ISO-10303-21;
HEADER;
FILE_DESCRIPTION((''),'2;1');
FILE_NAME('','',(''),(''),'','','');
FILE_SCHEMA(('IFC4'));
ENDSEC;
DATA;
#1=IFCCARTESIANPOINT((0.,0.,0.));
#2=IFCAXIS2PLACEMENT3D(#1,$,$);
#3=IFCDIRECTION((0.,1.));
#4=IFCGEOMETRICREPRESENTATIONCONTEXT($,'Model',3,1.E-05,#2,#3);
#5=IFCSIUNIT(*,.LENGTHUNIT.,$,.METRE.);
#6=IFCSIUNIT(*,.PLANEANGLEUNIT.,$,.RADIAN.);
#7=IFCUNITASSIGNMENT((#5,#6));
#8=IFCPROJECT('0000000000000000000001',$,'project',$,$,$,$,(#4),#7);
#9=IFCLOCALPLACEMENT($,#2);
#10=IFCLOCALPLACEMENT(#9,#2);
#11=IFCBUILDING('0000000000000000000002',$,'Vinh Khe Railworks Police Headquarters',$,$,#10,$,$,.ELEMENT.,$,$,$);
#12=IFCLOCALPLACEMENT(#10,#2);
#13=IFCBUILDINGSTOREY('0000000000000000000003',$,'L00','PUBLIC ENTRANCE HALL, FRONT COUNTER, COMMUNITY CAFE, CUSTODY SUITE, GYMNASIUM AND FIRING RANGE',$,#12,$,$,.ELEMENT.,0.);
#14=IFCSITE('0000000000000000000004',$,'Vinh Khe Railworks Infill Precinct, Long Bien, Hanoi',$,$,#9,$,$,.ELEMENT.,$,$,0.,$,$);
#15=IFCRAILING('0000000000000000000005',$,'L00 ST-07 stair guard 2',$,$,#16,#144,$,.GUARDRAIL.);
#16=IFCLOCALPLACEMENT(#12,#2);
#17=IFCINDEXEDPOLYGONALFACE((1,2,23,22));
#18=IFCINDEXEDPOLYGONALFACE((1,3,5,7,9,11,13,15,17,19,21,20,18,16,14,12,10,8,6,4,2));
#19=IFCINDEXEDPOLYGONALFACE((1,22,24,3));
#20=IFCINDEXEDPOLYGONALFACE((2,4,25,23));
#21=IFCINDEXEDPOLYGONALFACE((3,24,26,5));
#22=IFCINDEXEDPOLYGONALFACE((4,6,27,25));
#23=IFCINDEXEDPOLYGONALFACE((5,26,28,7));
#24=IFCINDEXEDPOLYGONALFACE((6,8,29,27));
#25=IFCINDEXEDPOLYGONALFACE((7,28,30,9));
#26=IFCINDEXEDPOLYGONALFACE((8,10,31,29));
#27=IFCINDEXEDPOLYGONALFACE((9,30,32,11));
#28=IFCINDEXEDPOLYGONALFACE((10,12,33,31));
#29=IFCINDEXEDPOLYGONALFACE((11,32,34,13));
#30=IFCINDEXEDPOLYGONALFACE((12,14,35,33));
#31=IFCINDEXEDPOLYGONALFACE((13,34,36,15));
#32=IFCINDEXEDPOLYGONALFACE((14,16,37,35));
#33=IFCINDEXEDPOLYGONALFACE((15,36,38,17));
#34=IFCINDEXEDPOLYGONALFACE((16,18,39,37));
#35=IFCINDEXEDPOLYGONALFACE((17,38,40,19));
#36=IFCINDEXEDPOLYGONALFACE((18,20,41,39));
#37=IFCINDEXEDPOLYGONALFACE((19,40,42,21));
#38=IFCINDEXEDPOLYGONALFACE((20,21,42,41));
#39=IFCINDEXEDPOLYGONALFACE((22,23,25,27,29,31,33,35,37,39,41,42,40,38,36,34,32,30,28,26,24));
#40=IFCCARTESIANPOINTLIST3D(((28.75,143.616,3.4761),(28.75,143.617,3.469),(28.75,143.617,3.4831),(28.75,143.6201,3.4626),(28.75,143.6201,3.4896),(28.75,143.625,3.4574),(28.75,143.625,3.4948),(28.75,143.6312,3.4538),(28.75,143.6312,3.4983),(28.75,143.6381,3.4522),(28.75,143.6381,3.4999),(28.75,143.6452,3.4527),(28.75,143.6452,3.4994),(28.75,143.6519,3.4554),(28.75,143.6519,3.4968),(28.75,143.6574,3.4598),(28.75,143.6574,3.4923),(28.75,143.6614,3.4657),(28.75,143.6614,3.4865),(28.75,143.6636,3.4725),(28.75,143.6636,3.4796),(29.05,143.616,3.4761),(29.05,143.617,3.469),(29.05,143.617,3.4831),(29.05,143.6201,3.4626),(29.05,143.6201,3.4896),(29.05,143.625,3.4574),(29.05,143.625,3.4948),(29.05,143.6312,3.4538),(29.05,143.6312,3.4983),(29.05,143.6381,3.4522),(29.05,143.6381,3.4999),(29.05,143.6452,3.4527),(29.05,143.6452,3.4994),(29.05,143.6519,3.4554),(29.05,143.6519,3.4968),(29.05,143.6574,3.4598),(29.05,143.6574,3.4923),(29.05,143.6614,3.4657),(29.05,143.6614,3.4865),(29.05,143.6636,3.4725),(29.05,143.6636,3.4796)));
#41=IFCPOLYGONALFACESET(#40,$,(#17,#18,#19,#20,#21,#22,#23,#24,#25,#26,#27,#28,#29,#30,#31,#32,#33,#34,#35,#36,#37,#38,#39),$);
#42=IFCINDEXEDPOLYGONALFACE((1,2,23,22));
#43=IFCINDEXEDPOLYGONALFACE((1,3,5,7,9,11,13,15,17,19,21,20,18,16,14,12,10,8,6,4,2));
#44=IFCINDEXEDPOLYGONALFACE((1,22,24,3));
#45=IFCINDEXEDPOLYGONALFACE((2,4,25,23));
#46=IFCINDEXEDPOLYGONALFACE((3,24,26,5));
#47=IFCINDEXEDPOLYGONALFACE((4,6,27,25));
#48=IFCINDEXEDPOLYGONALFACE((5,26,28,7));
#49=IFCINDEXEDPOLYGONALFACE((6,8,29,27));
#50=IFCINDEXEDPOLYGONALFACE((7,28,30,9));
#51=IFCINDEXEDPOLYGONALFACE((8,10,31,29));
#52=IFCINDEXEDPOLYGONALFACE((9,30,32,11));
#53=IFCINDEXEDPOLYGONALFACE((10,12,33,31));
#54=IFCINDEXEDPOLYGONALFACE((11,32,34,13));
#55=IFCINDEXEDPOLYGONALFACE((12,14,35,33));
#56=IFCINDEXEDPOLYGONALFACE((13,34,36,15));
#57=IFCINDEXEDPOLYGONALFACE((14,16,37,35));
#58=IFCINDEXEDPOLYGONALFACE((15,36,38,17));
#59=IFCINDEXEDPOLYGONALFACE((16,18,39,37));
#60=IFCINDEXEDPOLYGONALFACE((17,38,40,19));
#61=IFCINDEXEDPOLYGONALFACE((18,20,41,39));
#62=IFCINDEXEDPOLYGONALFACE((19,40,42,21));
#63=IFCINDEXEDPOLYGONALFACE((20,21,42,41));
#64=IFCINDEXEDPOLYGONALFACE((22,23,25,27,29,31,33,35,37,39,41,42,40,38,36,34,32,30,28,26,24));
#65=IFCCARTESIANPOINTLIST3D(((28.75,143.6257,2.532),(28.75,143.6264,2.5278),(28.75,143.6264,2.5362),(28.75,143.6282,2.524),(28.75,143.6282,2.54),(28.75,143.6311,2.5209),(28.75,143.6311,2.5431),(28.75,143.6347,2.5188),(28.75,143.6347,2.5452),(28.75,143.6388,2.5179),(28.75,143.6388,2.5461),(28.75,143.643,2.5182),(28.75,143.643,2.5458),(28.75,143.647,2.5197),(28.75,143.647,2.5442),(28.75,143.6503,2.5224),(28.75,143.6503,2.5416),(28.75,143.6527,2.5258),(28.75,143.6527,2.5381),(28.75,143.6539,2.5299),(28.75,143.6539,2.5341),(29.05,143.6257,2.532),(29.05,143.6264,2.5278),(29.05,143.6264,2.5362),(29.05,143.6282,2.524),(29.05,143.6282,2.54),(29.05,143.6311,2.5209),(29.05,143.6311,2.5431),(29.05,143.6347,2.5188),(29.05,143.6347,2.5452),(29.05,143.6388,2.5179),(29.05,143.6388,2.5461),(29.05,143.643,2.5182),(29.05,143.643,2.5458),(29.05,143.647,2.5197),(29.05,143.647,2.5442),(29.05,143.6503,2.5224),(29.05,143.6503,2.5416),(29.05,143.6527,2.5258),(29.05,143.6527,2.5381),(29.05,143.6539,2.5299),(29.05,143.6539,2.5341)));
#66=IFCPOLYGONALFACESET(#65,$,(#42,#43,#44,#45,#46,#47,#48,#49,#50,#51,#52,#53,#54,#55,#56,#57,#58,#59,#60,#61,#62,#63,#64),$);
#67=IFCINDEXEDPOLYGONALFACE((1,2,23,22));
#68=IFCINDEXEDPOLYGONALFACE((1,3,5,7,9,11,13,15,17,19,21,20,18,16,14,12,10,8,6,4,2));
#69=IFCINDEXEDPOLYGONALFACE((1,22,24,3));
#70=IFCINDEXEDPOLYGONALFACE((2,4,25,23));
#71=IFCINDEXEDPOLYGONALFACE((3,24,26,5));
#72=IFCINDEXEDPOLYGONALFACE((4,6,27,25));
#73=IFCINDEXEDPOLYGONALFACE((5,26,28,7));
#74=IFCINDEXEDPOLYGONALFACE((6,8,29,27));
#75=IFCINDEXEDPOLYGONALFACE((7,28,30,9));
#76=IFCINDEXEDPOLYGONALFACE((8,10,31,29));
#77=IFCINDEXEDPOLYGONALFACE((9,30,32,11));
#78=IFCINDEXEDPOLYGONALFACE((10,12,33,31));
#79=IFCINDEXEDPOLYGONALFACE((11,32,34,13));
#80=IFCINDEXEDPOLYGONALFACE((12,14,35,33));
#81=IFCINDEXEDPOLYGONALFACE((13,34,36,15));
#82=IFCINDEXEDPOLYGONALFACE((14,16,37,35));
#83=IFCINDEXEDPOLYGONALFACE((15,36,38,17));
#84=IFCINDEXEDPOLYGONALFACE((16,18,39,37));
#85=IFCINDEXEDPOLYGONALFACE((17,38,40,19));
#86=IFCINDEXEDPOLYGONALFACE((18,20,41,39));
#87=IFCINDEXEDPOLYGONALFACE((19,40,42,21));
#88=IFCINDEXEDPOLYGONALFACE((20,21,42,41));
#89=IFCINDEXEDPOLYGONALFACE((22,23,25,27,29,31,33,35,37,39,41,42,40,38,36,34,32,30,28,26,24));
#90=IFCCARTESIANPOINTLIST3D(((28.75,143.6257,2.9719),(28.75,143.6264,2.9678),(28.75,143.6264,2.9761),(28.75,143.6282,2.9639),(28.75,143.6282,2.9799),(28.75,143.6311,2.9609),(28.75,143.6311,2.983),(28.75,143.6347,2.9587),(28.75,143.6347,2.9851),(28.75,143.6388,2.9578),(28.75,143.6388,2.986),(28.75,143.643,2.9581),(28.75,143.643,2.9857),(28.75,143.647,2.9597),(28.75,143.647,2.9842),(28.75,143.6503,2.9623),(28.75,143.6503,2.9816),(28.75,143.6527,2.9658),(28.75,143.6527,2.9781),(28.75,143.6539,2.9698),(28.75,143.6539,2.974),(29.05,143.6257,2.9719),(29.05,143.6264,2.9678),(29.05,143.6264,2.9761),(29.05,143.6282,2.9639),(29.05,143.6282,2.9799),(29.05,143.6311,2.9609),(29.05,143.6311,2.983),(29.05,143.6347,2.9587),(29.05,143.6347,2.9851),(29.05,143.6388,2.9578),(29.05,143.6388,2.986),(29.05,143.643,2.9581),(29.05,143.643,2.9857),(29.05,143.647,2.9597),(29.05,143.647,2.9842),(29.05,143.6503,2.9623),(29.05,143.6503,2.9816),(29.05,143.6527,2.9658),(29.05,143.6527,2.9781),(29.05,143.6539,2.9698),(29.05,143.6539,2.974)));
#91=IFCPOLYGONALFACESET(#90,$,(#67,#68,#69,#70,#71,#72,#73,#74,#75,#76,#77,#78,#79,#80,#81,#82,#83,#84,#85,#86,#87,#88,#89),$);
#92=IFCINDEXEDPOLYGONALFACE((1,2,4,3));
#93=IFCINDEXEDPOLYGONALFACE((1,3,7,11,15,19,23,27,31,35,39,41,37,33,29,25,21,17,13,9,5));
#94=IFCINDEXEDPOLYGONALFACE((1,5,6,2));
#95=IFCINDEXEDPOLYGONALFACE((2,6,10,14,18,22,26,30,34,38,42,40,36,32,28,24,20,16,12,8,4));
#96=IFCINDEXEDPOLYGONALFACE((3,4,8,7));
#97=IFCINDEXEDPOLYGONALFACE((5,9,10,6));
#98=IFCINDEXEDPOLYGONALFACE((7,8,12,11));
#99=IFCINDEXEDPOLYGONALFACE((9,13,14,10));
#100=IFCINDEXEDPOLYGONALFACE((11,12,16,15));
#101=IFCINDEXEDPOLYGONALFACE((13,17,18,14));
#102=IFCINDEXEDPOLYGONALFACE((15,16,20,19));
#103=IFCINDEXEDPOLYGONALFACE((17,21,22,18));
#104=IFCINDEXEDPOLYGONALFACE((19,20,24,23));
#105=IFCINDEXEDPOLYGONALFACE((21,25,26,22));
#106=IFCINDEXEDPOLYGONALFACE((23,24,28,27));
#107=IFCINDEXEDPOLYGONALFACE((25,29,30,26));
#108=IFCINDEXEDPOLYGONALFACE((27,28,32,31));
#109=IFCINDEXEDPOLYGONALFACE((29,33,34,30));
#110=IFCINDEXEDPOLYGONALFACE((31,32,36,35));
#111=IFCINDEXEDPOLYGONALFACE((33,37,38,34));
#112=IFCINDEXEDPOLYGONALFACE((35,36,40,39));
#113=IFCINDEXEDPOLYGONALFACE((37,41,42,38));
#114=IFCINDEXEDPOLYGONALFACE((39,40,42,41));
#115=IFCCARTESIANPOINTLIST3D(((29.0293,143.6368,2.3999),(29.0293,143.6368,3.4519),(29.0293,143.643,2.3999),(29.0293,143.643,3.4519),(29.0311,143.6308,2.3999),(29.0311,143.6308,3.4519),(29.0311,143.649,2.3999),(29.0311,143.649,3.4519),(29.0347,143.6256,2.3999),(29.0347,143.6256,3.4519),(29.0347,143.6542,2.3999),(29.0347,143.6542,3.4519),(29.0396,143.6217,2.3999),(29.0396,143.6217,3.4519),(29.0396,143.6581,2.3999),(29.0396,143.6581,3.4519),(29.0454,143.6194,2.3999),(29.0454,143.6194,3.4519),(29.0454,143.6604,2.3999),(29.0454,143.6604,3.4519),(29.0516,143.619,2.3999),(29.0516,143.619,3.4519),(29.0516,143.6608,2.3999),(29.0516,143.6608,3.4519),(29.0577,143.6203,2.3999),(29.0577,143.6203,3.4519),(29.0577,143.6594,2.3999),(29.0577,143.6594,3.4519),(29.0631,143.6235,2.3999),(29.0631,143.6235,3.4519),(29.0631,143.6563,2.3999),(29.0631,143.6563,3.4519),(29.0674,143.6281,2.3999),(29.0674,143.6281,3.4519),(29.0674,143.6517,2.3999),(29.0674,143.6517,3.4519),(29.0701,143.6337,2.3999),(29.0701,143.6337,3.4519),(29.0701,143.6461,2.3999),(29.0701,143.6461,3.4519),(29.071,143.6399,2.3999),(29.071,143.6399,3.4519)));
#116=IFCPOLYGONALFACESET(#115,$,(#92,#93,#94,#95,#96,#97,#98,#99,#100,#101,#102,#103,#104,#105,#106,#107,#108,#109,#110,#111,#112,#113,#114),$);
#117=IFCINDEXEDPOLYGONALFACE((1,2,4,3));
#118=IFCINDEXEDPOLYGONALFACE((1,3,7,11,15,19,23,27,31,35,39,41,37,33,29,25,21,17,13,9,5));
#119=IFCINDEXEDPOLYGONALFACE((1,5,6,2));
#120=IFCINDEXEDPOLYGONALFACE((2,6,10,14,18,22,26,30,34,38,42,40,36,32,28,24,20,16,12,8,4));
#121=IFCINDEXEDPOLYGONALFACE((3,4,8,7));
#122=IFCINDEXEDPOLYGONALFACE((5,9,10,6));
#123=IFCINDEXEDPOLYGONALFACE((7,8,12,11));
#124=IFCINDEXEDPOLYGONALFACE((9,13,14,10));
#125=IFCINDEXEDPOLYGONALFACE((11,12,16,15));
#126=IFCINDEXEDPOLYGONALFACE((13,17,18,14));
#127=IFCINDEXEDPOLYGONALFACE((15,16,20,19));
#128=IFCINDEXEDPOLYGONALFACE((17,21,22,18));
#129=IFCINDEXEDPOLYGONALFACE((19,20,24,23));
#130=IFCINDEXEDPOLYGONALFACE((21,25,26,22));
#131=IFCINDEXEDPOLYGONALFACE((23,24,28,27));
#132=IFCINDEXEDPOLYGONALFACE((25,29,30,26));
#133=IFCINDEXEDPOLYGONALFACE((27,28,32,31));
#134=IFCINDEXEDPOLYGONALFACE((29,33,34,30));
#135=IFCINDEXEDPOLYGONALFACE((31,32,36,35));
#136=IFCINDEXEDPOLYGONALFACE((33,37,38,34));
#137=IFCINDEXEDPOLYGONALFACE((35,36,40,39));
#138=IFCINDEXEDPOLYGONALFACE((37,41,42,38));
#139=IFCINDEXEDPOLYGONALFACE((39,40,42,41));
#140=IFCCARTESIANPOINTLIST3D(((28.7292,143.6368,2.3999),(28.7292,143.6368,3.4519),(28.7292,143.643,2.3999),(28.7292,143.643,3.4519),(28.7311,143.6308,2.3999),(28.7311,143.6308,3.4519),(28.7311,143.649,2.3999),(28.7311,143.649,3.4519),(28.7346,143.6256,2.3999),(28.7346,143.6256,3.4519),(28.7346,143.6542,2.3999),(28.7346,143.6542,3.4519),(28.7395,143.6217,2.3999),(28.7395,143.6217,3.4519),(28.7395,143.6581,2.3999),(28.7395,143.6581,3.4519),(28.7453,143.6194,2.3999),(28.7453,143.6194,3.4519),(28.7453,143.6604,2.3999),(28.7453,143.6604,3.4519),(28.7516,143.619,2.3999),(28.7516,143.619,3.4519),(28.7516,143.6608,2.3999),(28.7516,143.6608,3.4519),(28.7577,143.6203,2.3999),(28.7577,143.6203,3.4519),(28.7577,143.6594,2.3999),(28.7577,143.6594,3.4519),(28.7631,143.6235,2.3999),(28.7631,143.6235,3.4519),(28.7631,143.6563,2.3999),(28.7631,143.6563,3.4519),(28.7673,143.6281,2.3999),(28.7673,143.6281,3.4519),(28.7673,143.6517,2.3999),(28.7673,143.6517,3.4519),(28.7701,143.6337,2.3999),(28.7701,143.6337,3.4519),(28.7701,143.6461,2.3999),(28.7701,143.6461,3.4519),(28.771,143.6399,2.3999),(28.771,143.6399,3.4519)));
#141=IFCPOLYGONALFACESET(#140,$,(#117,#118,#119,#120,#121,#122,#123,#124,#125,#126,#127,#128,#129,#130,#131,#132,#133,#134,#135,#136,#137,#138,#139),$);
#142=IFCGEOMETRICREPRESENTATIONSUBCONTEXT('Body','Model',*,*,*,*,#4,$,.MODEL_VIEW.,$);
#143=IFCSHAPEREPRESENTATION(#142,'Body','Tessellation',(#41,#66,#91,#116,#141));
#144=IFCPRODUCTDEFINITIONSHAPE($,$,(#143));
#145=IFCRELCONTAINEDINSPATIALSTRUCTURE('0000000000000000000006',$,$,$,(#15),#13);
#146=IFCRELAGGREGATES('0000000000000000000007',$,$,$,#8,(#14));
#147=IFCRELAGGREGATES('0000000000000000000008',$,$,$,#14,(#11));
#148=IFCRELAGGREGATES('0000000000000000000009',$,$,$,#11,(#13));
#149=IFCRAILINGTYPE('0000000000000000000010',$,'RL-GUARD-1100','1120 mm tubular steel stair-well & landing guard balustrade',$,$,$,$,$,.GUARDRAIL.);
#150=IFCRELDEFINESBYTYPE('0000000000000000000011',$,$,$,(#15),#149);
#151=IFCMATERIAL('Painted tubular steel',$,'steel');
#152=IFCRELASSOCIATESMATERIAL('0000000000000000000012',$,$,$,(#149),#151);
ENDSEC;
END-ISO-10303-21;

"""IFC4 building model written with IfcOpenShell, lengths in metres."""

from ifc_helpers import new_model, si_unit, direction, frame, origin, origin_2d, place, context, subcontext, project, spatial, circle, extrude, material, type_object, element, save


model = new_model("IFC4")

# Units and contexts
model_context = context("Model", 3, precision=1e-05, world=origin(), true_north=direction((0.0, 1.0)))
body_context = subcontext(model_context, "Body", "Model", "MODEL_VIEW")
ifc_project = project(units=[si_unit("LENGTHUNIT", "METRE"), si_unit("PLANEANGLEUNIT", "RADIAN")], contexts=[model_context])

# Site, building, storey
site_placement = place(None, origin())
site = spatial("IfcSite", under=ifc_project, at=site_placement, Name="Vinh Khe Railworks Infill Precinct, Long Bien, Hanoi", CompositionType="ELEMENT", RefElevation=0.0)
building_placement = place(site_placement, origin())
building = spatial("IfcBuilding", under=site, at=building_placement, Name="Vinh Khe Railworks Police Headquarters", CompositionType="ELEMENT")
storey_placement = place(building_placement, origin())
storey = spatial("IfcBuildingStorey", under=building, at=storey_placement, Name="L00", Description="PUBLIC ENTRANCE HALL, FRONT COUNTER, COMMUNITY CAFE, CUSTODY SUITE, GYMNASIUM AND FIRING RANGE", CompositionType="ELEMENT", Elevation=0.0)

# Railing
ifc_material_1 = material(Name="Painted tubular steel", Category="steel")
railing_type_1 = type_object("IfcRailingType", Name="RL-GUARD-1100", Description="1120 mm tubular steel stair-well & landing guard balustrade", PredefinedType="GUARDRAIL", material=ifc_material_1)
railing_1_placement = place(storey_placement, frame((29.05, 143.6399, 2.3999)))
element("IfcRailing", 1, at=railing_1_placement, inside=storey, type_object=railing_type_1, Name="L00 ST-07 stair guard 2", PredefinedType="GUARDRAIL", context=body_context, shape_type="SweptSolid", body=[
    extrude(circle(Radius=0.0239, at=origin_2d()), frame((0.0, 0.0, 1.0762), z_axis=(-1.0, 0.0, 0.0), x_axis=(0.0, -1.0, 0.0)), (0.0, 0.0, 1.0), 0.3),
    extrude(circle(Radius=0.0142, at=origin_2d()), frame((0.0, 0.0, 0.1321), z_axis=(-1.0, 0.0, 0.0), x_axis=(0.0, -1.0, 0.0)), (0.0, 0.0, 1.0), 0.3),
    extrude(circle(Radius=0.0142, at=origin_2d()), frame((0.0, 0.0, 0.572), z_axis=(-1.0, 0.0, 0.0), x_axis=(0.0, -1.0, 0.0)), (0.0, 0.0, 1.0), 0.3),
    extrude(circle(Radius=0.021, at=origin_2d()), origin(), (0.0, 0.0, 1.0), 1.052),
    extrude(circle(Radius=0.021, at=origin_2d()), frame((-0.3, 0.0, 0.0)), (0.0, 0.0, 1.0), 1.052),
])

save(model, "model.ifc")
